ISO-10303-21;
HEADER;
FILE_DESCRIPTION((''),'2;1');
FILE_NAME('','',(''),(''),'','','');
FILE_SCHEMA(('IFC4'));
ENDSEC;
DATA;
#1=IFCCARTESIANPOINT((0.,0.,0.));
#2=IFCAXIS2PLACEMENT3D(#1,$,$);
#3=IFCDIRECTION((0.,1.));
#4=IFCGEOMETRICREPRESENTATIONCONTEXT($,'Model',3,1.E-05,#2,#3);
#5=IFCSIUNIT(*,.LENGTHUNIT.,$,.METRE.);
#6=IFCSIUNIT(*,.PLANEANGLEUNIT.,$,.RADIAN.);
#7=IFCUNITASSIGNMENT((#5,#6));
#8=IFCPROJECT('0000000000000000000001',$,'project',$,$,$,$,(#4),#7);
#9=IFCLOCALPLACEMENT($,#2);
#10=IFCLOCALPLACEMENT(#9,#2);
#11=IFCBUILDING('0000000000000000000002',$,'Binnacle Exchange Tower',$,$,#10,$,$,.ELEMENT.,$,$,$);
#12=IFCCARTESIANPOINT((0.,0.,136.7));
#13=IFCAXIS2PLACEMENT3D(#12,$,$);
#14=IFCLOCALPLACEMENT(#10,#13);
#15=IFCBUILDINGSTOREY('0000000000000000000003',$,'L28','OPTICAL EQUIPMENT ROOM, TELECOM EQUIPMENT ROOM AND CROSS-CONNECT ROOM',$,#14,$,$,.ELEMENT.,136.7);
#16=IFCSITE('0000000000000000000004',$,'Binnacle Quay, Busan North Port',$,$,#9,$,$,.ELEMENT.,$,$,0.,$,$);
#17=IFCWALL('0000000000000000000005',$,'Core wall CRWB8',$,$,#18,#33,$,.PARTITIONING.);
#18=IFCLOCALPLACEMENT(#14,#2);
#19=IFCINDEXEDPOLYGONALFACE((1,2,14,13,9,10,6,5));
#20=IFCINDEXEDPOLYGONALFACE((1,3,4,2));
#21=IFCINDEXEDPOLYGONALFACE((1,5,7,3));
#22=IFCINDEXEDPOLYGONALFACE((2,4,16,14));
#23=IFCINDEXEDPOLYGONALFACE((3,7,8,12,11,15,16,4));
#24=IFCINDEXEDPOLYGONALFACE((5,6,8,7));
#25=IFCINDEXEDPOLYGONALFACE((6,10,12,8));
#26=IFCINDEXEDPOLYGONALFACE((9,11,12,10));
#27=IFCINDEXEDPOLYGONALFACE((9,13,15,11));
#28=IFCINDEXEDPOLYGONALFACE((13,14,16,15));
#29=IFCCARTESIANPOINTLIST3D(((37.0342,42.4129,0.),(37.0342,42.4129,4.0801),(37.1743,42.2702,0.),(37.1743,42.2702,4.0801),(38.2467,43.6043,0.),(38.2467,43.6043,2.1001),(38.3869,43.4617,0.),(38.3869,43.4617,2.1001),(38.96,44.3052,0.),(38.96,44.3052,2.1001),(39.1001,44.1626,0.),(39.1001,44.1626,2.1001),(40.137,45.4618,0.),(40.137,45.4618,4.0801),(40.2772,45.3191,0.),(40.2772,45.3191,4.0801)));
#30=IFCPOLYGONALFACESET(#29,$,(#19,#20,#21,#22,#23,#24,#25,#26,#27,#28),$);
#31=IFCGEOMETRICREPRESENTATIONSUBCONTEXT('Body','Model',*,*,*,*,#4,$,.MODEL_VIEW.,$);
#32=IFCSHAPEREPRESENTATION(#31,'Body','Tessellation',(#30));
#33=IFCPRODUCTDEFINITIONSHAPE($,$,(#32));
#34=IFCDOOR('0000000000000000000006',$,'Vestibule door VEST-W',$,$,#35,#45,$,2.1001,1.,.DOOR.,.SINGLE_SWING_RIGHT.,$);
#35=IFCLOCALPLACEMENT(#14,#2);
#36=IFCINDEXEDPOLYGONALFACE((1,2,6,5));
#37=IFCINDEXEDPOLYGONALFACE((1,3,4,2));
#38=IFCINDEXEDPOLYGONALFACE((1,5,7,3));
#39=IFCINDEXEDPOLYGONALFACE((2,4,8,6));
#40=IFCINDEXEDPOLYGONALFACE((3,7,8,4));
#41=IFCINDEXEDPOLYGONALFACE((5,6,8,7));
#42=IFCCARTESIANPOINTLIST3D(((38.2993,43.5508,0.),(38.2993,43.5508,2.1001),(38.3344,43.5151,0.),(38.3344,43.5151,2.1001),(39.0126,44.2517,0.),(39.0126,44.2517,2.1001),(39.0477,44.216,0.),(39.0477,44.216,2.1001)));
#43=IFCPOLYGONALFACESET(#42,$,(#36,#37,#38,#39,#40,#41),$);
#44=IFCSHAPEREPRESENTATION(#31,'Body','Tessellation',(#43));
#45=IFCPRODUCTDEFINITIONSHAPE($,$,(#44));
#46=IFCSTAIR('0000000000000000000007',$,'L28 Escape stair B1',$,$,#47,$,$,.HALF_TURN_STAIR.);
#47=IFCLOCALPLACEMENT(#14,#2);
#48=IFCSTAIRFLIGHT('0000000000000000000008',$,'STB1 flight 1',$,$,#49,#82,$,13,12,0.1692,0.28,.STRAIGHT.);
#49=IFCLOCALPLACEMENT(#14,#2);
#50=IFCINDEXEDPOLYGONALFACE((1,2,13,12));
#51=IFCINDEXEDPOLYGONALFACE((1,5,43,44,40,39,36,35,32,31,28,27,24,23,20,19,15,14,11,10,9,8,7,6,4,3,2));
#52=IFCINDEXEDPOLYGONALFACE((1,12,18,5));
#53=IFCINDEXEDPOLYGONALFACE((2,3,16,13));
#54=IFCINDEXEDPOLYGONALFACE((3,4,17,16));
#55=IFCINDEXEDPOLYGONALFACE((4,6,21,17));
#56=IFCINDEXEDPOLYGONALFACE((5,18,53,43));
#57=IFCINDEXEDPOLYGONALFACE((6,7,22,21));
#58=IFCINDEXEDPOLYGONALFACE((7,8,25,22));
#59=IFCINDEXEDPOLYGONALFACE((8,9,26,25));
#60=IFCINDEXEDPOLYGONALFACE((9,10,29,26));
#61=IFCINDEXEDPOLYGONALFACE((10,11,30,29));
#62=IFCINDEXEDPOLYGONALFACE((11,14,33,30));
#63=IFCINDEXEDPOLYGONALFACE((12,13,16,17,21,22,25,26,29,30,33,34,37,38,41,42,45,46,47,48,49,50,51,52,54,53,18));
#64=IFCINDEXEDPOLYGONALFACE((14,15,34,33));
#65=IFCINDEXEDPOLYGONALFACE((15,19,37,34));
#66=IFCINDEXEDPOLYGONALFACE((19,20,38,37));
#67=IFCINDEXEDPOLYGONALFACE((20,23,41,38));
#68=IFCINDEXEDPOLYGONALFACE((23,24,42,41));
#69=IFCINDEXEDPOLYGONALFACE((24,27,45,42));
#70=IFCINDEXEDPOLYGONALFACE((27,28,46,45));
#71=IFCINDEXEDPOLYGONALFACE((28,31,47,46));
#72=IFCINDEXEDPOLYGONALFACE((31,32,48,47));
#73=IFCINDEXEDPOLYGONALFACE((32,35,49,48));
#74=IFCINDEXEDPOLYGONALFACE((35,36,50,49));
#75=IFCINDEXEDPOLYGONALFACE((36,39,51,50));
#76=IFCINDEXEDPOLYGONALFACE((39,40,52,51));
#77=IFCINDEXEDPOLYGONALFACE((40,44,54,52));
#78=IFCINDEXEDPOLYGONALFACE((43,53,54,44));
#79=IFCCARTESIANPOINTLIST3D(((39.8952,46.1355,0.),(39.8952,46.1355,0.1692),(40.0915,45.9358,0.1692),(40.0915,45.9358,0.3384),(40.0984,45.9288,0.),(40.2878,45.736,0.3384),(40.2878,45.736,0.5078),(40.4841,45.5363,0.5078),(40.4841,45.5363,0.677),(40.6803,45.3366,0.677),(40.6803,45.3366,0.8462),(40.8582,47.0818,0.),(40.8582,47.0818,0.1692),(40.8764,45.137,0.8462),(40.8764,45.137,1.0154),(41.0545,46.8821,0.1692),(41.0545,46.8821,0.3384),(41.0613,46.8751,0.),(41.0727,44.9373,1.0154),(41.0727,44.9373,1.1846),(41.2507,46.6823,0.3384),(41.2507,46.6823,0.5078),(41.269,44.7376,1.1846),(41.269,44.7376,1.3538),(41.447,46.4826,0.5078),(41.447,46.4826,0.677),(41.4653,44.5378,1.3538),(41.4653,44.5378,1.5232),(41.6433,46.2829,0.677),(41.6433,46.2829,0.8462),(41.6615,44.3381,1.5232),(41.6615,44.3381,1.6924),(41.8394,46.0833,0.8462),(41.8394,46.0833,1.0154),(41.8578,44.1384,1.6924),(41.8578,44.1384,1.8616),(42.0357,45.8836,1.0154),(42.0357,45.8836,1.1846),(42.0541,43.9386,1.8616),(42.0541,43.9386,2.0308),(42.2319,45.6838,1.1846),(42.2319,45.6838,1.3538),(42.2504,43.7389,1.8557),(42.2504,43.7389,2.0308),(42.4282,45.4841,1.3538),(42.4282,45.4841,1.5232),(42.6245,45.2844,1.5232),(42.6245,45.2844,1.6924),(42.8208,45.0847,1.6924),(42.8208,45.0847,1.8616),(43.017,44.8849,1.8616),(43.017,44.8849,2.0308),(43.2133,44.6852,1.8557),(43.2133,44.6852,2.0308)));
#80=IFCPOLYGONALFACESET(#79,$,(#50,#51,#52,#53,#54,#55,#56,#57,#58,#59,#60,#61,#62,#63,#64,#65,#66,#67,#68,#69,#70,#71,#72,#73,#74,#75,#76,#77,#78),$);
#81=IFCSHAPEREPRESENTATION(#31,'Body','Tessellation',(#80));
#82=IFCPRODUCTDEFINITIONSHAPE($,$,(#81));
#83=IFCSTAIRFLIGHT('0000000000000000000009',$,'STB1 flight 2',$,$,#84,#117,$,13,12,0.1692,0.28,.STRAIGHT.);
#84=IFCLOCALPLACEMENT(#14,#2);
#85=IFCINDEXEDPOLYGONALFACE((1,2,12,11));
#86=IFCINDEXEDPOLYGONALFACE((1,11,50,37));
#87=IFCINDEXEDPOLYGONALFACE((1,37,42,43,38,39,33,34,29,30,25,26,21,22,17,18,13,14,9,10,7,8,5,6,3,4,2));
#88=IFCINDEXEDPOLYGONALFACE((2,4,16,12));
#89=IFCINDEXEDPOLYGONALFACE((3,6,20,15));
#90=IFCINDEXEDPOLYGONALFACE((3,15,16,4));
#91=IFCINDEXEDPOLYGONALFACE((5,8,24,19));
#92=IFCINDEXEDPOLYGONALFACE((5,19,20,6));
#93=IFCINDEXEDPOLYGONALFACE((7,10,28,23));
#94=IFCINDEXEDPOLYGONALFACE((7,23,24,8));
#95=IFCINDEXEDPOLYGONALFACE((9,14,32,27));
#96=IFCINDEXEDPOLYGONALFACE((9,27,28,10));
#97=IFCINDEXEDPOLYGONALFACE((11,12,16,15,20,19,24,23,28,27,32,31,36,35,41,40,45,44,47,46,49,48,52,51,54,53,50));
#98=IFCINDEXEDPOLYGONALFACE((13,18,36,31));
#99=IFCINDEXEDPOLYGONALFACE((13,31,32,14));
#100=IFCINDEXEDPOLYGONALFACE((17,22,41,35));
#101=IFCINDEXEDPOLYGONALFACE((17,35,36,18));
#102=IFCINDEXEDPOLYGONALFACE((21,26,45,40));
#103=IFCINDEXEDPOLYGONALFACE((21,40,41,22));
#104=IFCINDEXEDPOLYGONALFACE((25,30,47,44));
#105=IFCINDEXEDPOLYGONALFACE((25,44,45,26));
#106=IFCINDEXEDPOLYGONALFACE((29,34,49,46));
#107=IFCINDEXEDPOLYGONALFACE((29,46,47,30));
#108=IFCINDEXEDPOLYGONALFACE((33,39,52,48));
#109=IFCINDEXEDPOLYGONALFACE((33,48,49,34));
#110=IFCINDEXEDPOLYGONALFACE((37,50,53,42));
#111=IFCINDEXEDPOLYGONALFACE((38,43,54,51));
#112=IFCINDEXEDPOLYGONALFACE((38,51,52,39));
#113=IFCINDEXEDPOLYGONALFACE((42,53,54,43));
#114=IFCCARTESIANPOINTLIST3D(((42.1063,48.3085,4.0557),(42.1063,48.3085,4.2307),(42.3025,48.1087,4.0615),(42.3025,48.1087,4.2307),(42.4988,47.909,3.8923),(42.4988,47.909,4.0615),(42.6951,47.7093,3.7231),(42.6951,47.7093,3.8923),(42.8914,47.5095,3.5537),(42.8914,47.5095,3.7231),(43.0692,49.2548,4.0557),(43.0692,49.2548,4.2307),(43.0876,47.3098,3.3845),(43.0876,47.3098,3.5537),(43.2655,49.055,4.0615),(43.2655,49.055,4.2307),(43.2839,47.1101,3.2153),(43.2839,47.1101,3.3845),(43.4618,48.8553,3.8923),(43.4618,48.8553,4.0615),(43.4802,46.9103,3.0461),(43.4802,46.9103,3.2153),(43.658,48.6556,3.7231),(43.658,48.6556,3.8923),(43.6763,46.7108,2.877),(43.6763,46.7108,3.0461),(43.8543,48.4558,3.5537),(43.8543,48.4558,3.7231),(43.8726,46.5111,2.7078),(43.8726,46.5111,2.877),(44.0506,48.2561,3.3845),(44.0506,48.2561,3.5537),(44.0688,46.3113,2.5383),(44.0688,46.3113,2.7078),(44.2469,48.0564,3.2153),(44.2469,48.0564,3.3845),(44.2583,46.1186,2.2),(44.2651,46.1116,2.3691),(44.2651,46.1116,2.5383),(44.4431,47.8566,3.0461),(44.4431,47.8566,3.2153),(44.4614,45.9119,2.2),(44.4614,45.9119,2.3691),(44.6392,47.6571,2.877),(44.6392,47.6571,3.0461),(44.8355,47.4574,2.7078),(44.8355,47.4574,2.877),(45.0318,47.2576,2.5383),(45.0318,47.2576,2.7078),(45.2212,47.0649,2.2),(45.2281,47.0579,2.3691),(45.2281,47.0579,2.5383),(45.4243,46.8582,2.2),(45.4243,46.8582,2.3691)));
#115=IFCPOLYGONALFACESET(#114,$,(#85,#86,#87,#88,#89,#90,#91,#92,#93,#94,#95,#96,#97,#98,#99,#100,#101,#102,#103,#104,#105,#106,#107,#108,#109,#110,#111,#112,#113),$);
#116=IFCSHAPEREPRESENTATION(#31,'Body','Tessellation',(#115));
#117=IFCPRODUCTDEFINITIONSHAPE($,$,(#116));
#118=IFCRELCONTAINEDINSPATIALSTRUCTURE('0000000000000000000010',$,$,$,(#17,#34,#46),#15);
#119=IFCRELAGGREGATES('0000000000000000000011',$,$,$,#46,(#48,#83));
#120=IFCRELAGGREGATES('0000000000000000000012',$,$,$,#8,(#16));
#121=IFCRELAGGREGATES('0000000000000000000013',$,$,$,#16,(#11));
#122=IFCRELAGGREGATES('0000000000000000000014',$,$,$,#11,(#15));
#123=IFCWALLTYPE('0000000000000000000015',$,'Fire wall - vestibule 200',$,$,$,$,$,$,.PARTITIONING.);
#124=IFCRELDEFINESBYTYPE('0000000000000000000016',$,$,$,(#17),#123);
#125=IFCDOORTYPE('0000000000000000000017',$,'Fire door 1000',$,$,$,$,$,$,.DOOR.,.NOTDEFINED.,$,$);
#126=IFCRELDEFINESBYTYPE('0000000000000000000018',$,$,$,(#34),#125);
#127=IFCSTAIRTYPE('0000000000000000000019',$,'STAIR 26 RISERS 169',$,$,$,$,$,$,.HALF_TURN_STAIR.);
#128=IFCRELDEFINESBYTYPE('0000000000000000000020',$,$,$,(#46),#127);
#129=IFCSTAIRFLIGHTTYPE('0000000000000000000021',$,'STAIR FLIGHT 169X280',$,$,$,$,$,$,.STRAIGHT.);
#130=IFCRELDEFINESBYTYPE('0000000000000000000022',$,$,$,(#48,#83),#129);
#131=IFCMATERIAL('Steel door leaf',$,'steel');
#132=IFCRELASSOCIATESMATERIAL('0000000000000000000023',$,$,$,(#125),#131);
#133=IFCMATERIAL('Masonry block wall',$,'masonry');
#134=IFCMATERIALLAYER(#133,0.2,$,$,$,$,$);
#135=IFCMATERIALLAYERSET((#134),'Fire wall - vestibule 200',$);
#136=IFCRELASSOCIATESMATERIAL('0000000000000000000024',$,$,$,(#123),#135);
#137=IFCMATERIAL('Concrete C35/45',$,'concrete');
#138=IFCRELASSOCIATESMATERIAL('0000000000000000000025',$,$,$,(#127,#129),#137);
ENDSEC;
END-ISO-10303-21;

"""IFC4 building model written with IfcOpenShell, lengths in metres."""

from ifc_helpers import new_model, si_unit, direction, frame, frame_2d, origin, place, context, subcontext, project, spatial, polyline, rectangle, outline, extrude, material, layer, layer_set, type_object, element, fill, aggregate, save


model = new_model("IFC4")

# Units and contexts
model_context = context("Model", 3, precision=1e-05, world=origin(), true_north=direction((0.0, 1.0)))
body_context = subcontext(model_context, "Body", "Model", "MODEL_VIEW")
ifc_project = project(units=[si_unit("LENGTHUNIT", "METRE"), si_unit("PLANEANGLEUNIT", "RADIAN")], contexts=[model_context])

# Site, building, storey
site_placement = place(None, origin())
site = spatial("IfcSite", under=ifc_project, at=site_placement, Name="Binnacle Quay, Busan North Port", CompositionType="ELEMENT", RefElevation=0.0)
building_placement = place(site_placement, origin())
building = spatial("IfcBuilding", under=site, at=building_placement, Name="Binnacle Exchange Tower", CompositionType="ELEMENT")
storey_placement = place(building_placement, frame((0.0, 0.0, 136.7)))
storey = spatial("IfcBuildingStorey", under=building, at=storey_placement, Name="L28", Description="OPTICAL EQUIPMENT ROOM, TELECOM EQUIPMENT ROOM AND CROSS-CONNECT ROOM", CompositionType="ELEMENT", Elevation=136.7)

# Shared definitions
ifc_material_1 = material(Name="Steel door leaf", Category="steel")
door_type = type_object("IfcDoorType", Name="Fire door 1000", OperationType="NOTDEFINED", PredefinedType="DOOR", material=ifc_material_1)

# Wall, opening, door
ifc_material_2 = material(Name="Masonry block wall", Category="masonry")
ifc_layer_1 = layer(ifc_material_2, 0.2)
ifc_layer_set_1 = layer_set([ifc_layer_1], Name="Fire wall - vestibule 200")
wall_type_1 = type_object("IfcWallType", Name="Fire wall - vestibule 200", PredefinedType="PARTITIONING", material=ifc_layer_set_1)
wall_1_placement = place(storey_placement, frame((37.1042, 42.3416, 0.0), z_axis=(0.0, 0.0, 1.0), x_axis=(0.713281, 0.700878, 0.0)))
wall_1 = element("IfcWall", 1, at=wall_1_placement, inside=storey, type_object=wall_type_1, Name="Core wall CRWB8", PredefinedType="PARTITIONING", context=body_context, shape_type="SweptSolid", body=[
    extrude(rectangle(XDim=4.3501, YDim=0.2, at=frame_2d((2.175, 0.0))), origin(), (0.0, 0.0, 1.0), 4.0801),
])
opening_1_placement = place(wall_1_placement, frame((1.7, 0.0, 0.0)))
opening_1 = element("IfcOpeningElement", 2, at=opening_1_placement, cuts=wall_1, PredefinedType="OPENING", context=body_context, shape_type="SweptSolid", body=[
    extrude(rectangle(XDim=1.0, YDim=2.1001, at=frame_2d((0.5, 1.05))), frame((0.0, 0.1099, 0.0), z_axis=(0.0, -1.0, 0.0), x_axis=(1.0, 0.0, 0.0)), (0.0, 0.0, 1.0), 0.22),
])
door_1_placement = place(opening_1_placement, origin())
door_1 = element("IfcDoor", 3, at=door_1_placement, inside=storey, type_object=door_type, Name="Vestibule door VEST-W", OperationType="SINGLE_SWING_RIGHT", OverallHeight=2.1001, OverallWidth=1.0, PredefinedType="DOOR", context=body_context, shape_type="SweptSolid", body=[
    extrude(rectangle(XDim=1.0, YDim=2.1001, at=frame_2d((0.5, 1.05))), frame((0.0, 0.0249, 0.0), z_axis=(0.0, -1.0, 0.0), x_axis=(1.0, 0.0, 0.0)), (0.0, 0.0, 1.0), 0.05),
])
fill(opening_1, door_1)

# Stair, stair flights
ifc_material_3 = material(Name="Concrete C35/45", Category="concrete")
stair_type = type_object("IfcStairType", Name="STAIR 26 RISERS 169", PredefinedType="HALF_TURN_STAIR", material=ifc_material_3)
stair_placement = place(storey_placement, origin())
stair = element("IfcStair", 4, at=stair_placement, inside=storey, type_object=stair_type, Name="L28 Escape stair B1", PredefinedType="HALF_TURN_STAIR")
stair_flight_type = type_object("IfcStairFlightType", Name="STAIR FLIGHT 169X280", PredefinedType="STRAIGHT", material=ifc_material_3)
stair_flight_1_placement = place(storey_placement, frame((40.3767, 46.6086, 0.0), z_axis=(0.0, 0.0, 1.0), x_axis=(0.700909, -0.71325, 0.0)))
stair_flight_1 = element("IfcStairFlight", 5, at=stair_flight_1_placement, type_object=stair_flight_type, Name="STB1 flight 1", NumberOfRisers=13, NumberOfTreads=12, PredefinedType="STRAIGHT", RiserHeight=0.1692, TreadLength=0.28, context=body_context, shape_type="SweptSolid", body=[
    extrude(outline(polyline([(0.0, 0.0), (0.0, 0.1692), (0.28, 0.1692), (0.28, 0.3384), (0.5601, 0.3384), (0.5601, 0.5078), (0.8401, 0.5078), (0.8401, 0.677), (1.1201, 0.677), (1.1201, 0.8462), (1.3999, 0.8462), (1.3999, 1.0154), (1.6799, 1.0154), (1.6799, 1.1846), (1.96, 1.1846), (1.96, 1.3538), (2.24, 1.3538), (2.24, 1.5232), (2.52, 1.5232), (2.52, 1.6924), (2.8, 1.6924), (2.8, 1.8616), (3.0801, 1.8616), (3.0801, 2.0308), (3.3601, 2.0308), (3.3601, 2.2), (3.3601, 1.8557), (0.2898, 0.0), (0.0, 0.0)])), frame((0.0, 0.675, 0.0), z_axis=(0.0, -1.0, 0.0), x_axis=(1.0, 0.0, 0.0)), (0.0, 0.0, 1.0), 1.3501),
])
stair_flight_2_placement = place(storey_placement, frame((44.9429, 46.385, 2.2), z_axis=(0.0, 0.0, 1.0), x_axis=(-0.700909, 0.71325, 0.0)))
stair_flight_2 = element("IfcStairFlight", 6, at=stair_flight_2_placement, type_object=stair_flight_type, Name="STB1 flight 2", NumberOfRisers=13, NumberOfTreads=12, PredefinedType="STRAIGHT", RiserHeight=0.1692, TreadLength=0.28, context=body_context, shape_type="SweptSolid", body=[
    extrude(outline(polyline([(0.0, 0.0), (0.0, 0.1692), (0.28, 0.1692), (0.28, 0.3384), (0.5601, 0.3384), (0.5601, 0.5078), (0.8401, 0.5078), (0.8401, 0.677), (1.1201, 0.677), (1.1201, 0.8462), (1.3999, 0.8462), (1.3999, 1.0154), (1.6799, 1.0154), (1.6799, 1.1846), (1.96, 1.1846), (1.96, 1.3538), (2.24, 1.3538), (2.24, 1.5232), (2.52, 1.5232), (2.52, 1.6924), (2.8, 1.6924), (2.8, 1.8616), (3.0801, 1.8616), (3.0801, 2.0308), (3.3601, 2.0308), (3.3601, 2.2), (3.3601, 1.8557), (0.2898, 0.0), (0.0, 0.0)])), frame((0.0, 0.675, 0.0), z_axis=(0.0, -1.0, 0.0), x_axis=(1.0, 0.0, 0.0)), (0.0, 0.0, 1.0), 1.3501),
])
aggregate(stair, [stair_flight_1, stair_flight_2])

save(model, "model.ifc")
